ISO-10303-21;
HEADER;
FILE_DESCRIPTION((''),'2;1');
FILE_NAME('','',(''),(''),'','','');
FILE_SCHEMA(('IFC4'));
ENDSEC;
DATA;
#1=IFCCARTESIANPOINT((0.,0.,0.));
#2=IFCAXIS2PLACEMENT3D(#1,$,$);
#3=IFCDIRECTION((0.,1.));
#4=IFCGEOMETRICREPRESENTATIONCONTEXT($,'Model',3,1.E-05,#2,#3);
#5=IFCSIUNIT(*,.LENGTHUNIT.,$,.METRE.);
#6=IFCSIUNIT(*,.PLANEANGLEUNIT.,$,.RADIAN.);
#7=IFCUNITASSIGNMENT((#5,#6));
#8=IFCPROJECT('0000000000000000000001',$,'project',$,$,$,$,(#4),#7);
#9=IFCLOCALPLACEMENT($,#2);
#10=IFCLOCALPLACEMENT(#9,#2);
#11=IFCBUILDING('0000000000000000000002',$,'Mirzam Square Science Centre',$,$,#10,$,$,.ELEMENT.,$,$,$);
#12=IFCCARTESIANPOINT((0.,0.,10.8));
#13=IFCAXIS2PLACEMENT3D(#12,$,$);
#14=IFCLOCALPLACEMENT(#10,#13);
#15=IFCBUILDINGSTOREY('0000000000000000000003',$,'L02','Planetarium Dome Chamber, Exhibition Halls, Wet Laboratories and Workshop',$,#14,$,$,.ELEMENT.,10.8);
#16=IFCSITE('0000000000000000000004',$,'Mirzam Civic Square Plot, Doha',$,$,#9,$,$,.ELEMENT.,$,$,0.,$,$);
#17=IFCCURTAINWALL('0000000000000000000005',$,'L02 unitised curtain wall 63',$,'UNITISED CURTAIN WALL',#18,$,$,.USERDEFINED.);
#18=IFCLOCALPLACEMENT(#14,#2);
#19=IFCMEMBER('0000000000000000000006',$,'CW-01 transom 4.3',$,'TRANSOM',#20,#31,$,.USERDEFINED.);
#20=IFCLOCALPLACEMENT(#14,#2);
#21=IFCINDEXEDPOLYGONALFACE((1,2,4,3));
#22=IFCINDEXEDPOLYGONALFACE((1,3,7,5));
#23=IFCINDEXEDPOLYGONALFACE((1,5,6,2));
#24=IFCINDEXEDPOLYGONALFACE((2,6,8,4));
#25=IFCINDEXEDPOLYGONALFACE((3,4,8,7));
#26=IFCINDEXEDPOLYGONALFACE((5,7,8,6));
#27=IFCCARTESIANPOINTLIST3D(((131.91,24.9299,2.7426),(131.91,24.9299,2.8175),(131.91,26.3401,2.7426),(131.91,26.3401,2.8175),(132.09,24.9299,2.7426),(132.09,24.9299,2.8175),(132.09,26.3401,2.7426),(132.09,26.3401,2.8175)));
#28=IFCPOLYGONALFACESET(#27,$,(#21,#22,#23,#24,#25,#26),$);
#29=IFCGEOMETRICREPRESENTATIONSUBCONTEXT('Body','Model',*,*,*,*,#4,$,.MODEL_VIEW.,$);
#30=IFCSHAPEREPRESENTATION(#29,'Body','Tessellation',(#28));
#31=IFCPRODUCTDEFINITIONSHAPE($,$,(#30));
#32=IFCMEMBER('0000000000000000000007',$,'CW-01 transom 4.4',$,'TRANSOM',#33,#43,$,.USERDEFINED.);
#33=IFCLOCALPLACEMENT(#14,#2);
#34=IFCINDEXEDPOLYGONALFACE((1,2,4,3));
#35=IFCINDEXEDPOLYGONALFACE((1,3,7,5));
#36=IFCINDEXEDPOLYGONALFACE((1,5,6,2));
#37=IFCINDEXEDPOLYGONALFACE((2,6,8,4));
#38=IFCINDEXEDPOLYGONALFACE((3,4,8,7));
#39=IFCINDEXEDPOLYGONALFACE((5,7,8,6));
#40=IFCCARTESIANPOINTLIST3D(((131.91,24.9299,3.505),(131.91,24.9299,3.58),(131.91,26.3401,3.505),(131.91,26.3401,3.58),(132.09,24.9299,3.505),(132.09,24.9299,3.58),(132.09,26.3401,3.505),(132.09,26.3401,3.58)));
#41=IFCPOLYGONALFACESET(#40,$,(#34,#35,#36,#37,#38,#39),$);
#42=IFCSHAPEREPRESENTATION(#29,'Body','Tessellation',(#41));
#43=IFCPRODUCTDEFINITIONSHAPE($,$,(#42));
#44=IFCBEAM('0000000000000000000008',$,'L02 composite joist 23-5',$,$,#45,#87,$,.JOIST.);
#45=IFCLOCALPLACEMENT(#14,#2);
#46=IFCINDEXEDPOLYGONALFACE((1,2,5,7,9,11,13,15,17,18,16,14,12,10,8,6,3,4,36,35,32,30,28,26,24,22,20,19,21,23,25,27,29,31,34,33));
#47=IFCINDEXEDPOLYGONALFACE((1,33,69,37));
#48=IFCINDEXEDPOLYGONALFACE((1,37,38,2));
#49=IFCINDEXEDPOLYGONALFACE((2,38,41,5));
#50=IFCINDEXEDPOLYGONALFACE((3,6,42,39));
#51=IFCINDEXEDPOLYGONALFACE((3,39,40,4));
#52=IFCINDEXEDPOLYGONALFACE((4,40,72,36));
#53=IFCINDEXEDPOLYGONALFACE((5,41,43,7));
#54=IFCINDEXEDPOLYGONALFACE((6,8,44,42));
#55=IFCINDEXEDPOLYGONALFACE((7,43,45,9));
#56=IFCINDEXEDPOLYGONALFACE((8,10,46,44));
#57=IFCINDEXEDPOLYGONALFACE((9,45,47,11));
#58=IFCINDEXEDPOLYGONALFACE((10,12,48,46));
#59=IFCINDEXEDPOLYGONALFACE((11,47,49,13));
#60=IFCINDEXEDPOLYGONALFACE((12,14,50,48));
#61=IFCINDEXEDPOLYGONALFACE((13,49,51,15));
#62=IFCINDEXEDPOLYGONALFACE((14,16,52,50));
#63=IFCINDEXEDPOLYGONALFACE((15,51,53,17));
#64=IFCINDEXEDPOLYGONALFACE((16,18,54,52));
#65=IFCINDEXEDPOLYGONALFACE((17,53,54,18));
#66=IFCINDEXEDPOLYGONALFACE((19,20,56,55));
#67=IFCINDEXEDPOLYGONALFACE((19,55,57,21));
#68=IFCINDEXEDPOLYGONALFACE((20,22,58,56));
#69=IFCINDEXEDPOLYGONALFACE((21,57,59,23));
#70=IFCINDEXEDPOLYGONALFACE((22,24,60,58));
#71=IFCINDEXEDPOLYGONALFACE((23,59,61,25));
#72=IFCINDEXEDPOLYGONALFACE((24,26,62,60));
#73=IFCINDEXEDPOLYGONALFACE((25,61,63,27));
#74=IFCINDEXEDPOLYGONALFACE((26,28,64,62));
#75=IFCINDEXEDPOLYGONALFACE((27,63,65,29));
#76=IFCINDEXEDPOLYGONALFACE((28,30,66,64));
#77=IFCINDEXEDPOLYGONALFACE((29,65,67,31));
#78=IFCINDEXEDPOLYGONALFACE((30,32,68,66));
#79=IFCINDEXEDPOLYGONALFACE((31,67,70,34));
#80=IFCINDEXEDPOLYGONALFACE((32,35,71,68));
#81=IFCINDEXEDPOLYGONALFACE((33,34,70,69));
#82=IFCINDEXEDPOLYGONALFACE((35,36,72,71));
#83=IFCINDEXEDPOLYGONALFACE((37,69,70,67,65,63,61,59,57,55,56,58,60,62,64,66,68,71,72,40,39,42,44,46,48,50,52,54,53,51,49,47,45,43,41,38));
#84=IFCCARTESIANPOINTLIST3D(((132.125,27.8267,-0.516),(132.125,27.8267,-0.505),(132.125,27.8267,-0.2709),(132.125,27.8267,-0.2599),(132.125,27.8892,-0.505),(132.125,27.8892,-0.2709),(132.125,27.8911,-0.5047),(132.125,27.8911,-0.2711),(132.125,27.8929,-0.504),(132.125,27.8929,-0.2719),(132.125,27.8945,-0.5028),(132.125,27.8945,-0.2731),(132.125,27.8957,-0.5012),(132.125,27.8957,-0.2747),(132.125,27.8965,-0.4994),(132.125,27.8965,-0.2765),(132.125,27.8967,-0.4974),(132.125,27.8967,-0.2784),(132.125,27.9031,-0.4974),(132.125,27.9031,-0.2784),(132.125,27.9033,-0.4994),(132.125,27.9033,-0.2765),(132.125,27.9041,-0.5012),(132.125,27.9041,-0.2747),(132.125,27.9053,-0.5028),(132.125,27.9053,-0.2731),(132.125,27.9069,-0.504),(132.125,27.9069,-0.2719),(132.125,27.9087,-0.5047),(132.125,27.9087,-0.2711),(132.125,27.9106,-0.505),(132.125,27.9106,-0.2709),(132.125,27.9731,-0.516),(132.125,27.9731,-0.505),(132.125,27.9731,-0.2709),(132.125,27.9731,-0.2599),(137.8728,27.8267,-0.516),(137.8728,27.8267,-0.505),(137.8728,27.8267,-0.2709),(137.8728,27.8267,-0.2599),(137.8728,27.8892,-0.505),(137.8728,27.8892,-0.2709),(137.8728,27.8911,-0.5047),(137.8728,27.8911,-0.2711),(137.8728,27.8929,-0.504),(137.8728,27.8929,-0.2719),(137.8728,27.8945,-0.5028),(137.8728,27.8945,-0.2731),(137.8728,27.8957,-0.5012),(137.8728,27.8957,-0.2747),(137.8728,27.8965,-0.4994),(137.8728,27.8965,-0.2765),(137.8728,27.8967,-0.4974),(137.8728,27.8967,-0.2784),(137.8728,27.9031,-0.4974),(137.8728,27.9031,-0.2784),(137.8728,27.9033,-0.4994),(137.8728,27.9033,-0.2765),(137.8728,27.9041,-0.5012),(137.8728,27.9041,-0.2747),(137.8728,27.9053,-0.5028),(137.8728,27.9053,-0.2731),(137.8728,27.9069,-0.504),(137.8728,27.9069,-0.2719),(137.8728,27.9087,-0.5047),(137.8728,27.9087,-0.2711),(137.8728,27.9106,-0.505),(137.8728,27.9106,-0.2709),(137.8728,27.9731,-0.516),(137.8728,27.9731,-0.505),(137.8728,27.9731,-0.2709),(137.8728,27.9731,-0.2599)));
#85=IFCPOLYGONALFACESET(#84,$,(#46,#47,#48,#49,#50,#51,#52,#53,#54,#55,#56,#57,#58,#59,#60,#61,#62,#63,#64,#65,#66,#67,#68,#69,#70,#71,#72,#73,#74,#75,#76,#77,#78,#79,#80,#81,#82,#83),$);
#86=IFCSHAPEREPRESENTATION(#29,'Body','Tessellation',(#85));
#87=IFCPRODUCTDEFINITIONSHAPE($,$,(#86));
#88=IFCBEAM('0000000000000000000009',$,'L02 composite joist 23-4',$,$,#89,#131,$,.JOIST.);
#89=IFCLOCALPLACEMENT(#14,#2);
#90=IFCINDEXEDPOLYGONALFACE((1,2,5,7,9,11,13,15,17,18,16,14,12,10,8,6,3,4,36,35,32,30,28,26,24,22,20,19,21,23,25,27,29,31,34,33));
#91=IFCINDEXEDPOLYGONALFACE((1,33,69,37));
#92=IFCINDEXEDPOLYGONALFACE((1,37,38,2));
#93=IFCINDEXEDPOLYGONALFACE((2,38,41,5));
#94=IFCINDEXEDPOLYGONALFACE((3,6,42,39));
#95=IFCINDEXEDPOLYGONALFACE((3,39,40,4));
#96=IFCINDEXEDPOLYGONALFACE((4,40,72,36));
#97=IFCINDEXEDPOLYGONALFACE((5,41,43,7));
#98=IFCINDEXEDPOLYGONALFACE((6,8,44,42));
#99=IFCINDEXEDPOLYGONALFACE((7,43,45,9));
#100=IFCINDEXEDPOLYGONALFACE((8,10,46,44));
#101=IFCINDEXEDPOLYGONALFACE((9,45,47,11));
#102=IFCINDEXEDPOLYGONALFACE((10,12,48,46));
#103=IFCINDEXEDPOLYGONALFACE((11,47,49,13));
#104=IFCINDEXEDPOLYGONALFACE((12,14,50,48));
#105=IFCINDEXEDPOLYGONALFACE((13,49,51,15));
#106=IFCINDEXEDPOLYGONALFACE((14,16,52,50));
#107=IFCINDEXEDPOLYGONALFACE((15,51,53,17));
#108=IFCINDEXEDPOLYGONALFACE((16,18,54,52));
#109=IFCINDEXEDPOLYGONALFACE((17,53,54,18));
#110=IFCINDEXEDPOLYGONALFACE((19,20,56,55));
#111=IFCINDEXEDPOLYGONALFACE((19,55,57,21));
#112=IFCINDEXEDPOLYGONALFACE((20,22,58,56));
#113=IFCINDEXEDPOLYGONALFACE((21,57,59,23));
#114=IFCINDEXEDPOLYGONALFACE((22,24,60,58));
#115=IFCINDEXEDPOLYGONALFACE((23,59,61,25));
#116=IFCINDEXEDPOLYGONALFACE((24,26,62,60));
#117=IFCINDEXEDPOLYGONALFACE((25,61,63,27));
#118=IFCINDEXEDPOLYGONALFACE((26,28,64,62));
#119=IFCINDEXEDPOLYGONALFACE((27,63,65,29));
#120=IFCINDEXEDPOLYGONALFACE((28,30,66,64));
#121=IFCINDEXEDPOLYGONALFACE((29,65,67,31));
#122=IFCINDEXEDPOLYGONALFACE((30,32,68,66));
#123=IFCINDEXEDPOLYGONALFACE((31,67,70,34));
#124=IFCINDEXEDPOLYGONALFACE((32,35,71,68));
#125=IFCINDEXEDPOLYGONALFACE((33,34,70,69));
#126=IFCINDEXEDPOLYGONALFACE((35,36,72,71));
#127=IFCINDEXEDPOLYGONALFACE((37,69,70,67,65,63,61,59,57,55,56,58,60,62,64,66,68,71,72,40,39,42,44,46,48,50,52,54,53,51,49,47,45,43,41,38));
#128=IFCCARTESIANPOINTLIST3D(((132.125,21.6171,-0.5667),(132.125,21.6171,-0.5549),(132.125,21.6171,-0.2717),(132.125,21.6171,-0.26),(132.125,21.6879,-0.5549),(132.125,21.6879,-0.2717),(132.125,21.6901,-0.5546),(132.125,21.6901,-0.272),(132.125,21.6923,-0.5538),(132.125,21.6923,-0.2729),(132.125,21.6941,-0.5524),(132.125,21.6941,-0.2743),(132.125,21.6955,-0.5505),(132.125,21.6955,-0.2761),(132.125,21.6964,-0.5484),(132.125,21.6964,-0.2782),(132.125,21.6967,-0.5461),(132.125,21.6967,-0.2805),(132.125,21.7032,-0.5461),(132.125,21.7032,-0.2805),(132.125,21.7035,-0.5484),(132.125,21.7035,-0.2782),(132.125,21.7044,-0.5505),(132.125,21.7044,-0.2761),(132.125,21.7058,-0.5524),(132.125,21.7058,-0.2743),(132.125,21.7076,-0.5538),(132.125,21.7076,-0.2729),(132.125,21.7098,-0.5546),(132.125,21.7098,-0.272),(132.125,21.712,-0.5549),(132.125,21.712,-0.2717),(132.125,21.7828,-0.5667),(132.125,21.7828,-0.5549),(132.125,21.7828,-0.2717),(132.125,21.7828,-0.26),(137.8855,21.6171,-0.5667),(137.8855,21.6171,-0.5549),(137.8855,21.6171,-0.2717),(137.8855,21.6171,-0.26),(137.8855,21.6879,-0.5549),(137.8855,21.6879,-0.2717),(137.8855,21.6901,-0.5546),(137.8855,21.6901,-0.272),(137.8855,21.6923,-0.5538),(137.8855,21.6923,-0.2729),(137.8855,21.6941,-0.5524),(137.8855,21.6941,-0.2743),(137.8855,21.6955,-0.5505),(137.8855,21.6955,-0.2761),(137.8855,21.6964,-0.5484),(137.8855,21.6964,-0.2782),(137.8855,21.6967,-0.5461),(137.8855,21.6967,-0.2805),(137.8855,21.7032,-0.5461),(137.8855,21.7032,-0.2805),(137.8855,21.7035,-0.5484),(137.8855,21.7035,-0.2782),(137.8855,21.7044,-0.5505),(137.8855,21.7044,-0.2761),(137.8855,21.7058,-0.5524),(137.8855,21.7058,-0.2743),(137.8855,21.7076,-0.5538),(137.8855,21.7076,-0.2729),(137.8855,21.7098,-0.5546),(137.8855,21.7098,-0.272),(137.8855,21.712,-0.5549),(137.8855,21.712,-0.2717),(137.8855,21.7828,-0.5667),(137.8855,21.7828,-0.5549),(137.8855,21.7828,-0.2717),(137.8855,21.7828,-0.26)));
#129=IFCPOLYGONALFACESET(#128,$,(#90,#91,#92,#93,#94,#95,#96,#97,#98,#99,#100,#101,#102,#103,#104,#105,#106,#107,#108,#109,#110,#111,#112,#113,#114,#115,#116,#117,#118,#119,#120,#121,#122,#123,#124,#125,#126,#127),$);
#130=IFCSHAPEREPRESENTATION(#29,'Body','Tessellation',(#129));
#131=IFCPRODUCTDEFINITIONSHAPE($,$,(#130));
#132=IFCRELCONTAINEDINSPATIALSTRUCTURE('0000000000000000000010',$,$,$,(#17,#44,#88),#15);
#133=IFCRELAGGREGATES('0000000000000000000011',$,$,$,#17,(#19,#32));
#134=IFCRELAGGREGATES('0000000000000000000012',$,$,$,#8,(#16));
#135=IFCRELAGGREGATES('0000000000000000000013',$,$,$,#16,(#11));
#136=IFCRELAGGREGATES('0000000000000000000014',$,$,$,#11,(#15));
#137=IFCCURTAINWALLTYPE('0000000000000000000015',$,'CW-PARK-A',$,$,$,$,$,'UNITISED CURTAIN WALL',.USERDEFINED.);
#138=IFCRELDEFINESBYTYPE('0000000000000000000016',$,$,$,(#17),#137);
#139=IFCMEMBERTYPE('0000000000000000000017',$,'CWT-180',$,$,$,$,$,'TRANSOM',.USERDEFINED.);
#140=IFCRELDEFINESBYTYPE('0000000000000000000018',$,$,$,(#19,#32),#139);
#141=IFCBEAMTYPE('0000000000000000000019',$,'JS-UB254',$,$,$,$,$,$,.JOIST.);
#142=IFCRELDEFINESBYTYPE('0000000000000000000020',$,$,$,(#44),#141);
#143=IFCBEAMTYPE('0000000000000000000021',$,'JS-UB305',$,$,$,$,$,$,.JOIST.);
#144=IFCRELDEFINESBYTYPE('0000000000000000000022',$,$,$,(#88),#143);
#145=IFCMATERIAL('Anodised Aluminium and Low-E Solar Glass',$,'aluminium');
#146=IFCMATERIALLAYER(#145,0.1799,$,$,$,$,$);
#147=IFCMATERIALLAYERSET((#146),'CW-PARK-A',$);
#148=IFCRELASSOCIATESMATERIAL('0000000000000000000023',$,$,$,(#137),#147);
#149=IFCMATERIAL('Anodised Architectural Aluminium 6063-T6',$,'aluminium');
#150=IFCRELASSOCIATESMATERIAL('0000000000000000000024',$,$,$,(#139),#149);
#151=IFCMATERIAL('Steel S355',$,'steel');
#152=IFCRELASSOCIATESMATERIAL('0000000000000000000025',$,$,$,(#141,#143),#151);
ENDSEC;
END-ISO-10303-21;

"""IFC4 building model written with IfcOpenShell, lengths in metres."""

from ifc_helpers import new_model, si_unit, direction, frame, origin, origin_2d, place, context, subcontext, project, spatial, rectangle, i_section, extrude, material, layer, layer_set, material_profile, profile_set, type_object, element, aggregate, save


model = new_model("IFC4")

# Units and contexts
model_context = context("Model", 3, precision=1e-05, world=origin(), true_north=direction((0.0, 1.0)))
body_context = subcontext(model_context, "Body", "Model", "MODEL_VIEW")
ifc_project = project(units=[si_unit("LENGTHUNIT", "METRE"), si_unit("PLANEANGLEUNIT", "RADIAN")], contexts=[model_context])

# Site, building, storey
site_placement = place(None, origin())
site = spatial("IfcSite", under=ifc_project, at=site_placement, Name="Mirzam Civic Square Plot, Doha", CompositionType="ELEMENT", RefElevation=0.0)
building_placement = place(site_placement, origin())
building = spatial("IfcBuilding", under=site, at=building_placement, Name="Mirzam Square Science Centre", CompositionType="ELEMENT")
storey_placement = place(building_placement, frame((0.0, 0.0, 10.8)))
storey = spatial("IfcBuildingStorey", under=building, at=storey_placement, Name="L02", Description="Planetarium Dome Chamber, Exhibition Halls, Wet Laboratories and Workshop", CompositionType="ELEMENT", Elevation=10.8)

# Shared definitions
ifc_material_1 = material(Name="Steel S355", Category="steel")

# Curtain wall, members
ifc_material_2 = material(Name="Anodised Aluminium and Low-E Solar Glass", Category="aluminium")
ifc_layer_1 = layer(ifc_material_2, 0.1799)
ifc_layer_set_1 = layer_set([ifc_layer_1], Name="CW-PARK-A")
curtain_wall_type = type_object("IfcCurtainWallType", Name="CW-PARK-A", ElementType="UNITISED CURTAIN WALL", PredefinedType="USERDEFINED", material=ifc_layer_set_1)
curtain_wall_placement = place(storey_placement, origin())
curtain_wall = element("IfcCurtainWall", 1, at=curtain_wall_placement, inside=storey, type_object=curtain_wall_type, Name="L02 unitised curtain wall 63", ObjectType="UNITISED CURTAIN WALL", PredefinedType="USERDEFINED")
ifc_material_3 = material(Name="Anodised Architectural Aluminium 6063-T6", Category="aluminium")
ifc_material_profile_1 = material_profile(ifc_material_3, rectangle(XDim=0.1799, YDim=0.075, at=origin_2d()), Name="ALU-TRAN-180x75x5")
ifc_profile_set_1 = profile_set([ifc_material_profile_1], Name="Anodised Architectural Aluminium 6063-T6")
member_type_1 = type_object("IfcMemberType", Name="CWT-180", ElementType="TRANSOM", PredefinedType="USERDEFINED", material=ifc_profile_set_1)
member_1_placement = place(storey_placement, frame((132.0, 26.3401, 2.78), z_axis=(0.0, -1.0, 0.0), x_axis=(1.0, 0.0, 0.0)))
member_1 = element("IfcMember", 2, at=member_1_placement, type_object=member_type_1, Name="CW-01 transom 4.3", ObjectType="TRANSOM", PredefinedType="USERDEFINED", context=body_context, shape_type="SweptSolid", body=[
    extrude(rectangle(XDim=0.1799, YDim=0.075, at=origin_2d()), origin(), (0.0, 0.0, 1.0), 1.4102),
])
member_2_placement = place(storey_placement, frame((132.0, 26.3401, 3.5425), z_axis=(0.0, -1.0, 0.0), x_axis=(1.0, 0.0, 0.0)))
member_2 = element("IfcMember", 3, at=member_2_placement, type_object=member_type_1, Name="CW-01 transom 4.4", ObjectType="TRANSOM", PredefinedType="USERDEFINED", context=body_context, shape_type="SweptSolid", body=[
    extrude(rectangle(XDim=0.1799, YDim=0.075, at=origin_2d()), origin(), (0.0, 0.0, 1.0), 1.4102),
])

# Beams
ifc_material_profile_2 = material_profile(ifc_material_1, i_section(OverallWidth=0.1465, OverallDepth=0.2561, WebThickness=0.0063, FlangeThickness=0.011, FilletRadius=0.0076, at=origin_2d()), Name="254x146x37UB")
ifc_profile_set_2 = profile_set([ifc_material_profile_2], Name="Steel S355")
beam_type_1 = type_object("IfcBeamType", Name="JS-UB254", PredefinedType="JOIST", material=ifc_profile_set_2)
beam_1_placement = place(storey_placement, frame((132.125, 27.8999, -0.3879), z_axis=(1.0, 0.0, 0.0), x_axis=(0.0, 1.0, 0.0)))
element("IfcBeam", 4, at=beam_1_placement, inside=storey, type_object=beam_type_1, Name="L02 composite joist 23-5", PredefinedType="JOIST", context=body_context, shape_type="SweptSolid", body=[
    extrude(i_section(OverallWidth=0.1465, OverallDepth=0.2561, WebThickness=0.0063, FlangeThickness=0.011, FilletRadius=0.0076, at=origin_2d()), origin(), (0.0, 0.0, 1.0), 5.7478),
])
ifc_material_profile_3 = material_profile(ifc_material_1, i_section(OverallWidth=0.1658, OverallDepth=0.3066, WebThickness=0.0066, FlangeThickness=0.0117, FilletRadius=0.0088, at=origin_2d()), Name="305x165x46UB")
ifc_profile_set_3 = profile_set([ifc_material_profile_3], Name="Steel S355")
beam_type_2 = type_object("IfcBeamType", Name="JS-UB305", PredefinedType="JOIST", material=ifc_profile_set_3)
beam_2_placement = place(storey_placement, frame((132.125, 21.7, -0.4133), z_axis=(1.0, 0.0, 0.0), x_axis=(0.0, 1.0, 0.0)))
element("IfcBeam", 5, at=beam_2_placement, inside=storey, type_object=beam_type_2, Name="L02 composite joist 23-4", PredefinedType="JOIST", context=body_context, shape_type="SweptSolid", body=[
    extrude(i_section(OverallWidth=0.1658, OverallDepth=0.3066, WebThickness=0.0066, FlangeThickness=0.0117, FilletRadius=0.0088, at=origin_2d()), origin(), (0.0, 0.0, 1.0), 5.7605),
])

aggregate(curtain_wall, [member_1, member_2])

save(model, "model.ifc")
